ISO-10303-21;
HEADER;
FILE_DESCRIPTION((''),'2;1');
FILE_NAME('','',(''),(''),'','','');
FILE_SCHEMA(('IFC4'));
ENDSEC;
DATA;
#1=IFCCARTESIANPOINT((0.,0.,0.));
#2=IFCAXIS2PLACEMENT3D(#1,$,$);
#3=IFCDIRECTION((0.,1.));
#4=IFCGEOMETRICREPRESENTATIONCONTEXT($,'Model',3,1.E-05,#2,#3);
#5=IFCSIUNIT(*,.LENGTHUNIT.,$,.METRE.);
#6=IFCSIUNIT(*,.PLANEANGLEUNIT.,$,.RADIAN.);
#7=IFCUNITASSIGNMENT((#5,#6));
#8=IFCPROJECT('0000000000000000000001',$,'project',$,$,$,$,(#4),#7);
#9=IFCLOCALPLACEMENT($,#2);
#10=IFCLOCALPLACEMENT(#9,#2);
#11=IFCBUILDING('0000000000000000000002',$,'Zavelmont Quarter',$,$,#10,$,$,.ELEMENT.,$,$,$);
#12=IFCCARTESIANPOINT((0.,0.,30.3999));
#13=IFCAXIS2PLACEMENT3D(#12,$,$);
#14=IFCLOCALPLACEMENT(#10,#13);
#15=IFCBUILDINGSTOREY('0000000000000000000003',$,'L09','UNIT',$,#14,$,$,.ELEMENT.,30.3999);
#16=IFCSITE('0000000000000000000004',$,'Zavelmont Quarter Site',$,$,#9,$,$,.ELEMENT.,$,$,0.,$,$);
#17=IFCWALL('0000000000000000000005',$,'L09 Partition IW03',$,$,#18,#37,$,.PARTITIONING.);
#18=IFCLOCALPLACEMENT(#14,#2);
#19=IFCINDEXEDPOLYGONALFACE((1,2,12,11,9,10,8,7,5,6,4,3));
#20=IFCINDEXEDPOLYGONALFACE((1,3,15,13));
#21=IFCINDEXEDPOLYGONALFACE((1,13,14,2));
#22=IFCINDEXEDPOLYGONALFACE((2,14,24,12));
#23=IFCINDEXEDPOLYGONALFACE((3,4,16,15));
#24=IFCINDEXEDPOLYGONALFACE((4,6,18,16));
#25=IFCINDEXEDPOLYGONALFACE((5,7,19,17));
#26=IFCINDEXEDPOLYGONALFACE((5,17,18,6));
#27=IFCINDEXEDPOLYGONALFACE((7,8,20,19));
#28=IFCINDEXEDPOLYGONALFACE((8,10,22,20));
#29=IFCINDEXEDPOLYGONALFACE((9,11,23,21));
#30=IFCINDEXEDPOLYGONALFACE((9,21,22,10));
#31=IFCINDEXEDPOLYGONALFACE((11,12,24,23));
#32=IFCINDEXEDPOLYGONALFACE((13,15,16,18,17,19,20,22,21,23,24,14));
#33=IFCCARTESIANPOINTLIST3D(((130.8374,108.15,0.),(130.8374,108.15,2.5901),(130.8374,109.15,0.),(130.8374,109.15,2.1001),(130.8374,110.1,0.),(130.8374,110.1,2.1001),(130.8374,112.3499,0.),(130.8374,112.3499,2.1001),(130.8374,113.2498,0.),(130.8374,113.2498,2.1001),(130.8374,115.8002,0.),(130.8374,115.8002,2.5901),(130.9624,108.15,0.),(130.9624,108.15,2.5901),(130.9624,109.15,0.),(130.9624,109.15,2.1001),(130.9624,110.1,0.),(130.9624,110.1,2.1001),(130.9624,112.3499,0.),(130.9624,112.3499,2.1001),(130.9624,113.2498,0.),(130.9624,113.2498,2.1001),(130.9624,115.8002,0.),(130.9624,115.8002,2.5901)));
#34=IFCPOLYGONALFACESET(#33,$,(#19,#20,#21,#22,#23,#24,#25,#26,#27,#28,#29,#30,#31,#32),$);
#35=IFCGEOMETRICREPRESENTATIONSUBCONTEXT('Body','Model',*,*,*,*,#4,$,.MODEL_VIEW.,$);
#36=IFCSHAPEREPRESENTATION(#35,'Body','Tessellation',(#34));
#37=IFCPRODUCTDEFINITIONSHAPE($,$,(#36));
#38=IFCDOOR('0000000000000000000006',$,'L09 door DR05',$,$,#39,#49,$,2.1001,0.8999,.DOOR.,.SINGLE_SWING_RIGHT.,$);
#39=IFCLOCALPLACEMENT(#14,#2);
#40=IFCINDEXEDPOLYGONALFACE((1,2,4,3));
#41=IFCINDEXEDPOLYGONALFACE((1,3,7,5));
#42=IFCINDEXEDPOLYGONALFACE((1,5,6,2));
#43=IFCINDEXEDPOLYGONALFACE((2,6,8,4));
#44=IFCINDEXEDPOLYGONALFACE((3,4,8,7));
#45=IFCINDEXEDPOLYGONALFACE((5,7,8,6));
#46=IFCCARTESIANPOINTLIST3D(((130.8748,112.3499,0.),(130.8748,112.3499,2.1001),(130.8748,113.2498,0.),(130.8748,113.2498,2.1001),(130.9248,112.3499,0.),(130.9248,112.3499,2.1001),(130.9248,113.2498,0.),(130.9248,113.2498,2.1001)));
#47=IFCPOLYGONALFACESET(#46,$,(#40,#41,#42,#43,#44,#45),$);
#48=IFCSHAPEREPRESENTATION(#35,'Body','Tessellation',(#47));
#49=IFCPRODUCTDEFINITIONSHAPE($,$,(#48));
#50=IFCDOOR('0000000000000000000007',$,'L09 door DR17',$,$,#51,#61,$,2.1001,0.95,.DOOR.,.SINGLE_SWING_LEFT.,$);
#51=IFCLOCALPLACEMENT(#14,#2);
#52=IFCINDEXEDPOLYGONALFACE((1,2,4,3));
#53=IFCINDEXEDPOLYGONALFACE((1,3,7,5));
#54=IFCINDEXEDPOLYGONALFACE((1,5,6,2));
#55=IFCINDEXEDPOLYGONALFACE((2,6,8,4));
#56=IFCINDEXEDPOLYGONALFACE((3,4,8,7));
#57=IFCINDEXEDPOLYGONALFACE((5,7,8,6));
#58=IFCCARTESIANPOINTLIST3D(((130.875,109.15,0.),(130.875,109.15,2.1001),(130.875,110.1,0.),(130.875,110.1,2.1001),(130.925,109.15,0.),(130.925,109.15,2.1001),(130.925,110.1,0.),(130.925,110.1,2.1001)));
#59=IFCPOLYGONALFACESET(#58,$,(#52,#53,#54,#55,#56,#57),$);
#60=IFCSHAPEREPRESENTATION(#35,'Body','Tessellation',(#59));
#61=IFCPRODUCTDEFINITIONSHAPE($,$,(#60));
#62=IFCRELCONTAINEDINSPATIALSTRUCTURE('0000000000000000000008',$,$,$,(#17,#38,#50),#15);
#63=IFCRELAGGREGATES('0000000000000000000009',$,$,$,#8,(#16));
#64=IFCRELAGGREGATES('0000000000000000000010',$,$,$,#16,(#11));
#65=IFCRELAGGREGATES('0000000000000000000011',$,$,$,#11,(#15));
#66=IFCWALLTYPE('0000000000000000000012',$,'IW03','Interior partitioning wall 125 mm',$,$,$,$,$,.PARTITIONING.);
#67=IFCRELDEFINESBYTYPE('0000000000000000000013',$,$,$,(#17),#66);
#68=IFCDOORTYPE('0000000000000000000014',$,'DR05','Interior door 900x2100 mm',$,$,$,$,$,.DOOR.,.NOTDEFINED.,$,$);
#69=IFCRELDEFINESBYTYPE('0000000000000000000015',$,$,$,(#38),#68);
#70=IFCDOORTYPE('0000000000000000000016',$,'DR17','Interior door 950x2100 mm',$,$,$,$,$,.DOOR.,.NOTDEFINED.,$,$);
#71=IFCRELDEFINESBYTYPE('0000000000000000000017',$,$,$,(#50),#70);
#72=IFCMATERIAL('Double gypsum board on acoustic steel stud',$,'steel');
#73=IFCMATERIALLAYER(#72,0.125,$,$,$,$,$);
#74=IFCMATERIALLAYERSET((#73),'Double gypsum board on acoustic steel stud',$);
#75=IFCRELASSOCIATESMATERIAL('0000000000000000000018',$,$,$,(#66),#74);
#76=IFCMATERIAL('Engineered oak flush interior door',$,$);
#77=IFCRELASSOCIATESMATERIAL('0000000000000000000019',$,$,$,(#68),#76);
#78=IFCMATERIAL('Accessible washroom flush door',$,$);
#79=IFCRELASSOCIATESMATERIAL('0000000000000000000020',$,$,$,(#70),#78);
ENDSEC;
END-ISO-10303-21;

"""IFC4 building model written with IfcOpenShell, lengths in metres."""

from ifc_helpers import new_model, si_unit, direction, frame, frame_2d, origin, origin_with_axes, place, context, subcontext, project, spatial, rectangle, extrude, material, layer, layer_set, type_object, element, fill, save


model = new_model("IFC4")

# Units and contexts
model_context = context("Model", 3, precision=1e-05, world=origin(), true_north=direction((0.0, 1.0)))
body_context = subcontext(model_context, "Body", "Model", "MODEL_VIEW")
ifc_project = project(units=[si_unit("LENGTHUNIT", "METRE"), si_unit("PLANEANGLEUNIT", "RADIAN")], contexts=[model_context])

# Site, building, storey
site_placement = place(None, origin())
site = spatial("IfcSite", under=ifc_project, at=site_placement, Name="Zavelmont Quarter Site", CompositionType="ELEMENT", RefElevation=0.0)
building_placement = place(site_placement, origin())
building = spatial("IfcBuilding", under=site, at=building_placement, Name="Zavelmont Quarter", CompositionType="ELEMENT")
storey_placement = place(building_placement, frame((0.0, 0.0, 30.3999)))
storey = spatial("IfcBuildingStorey", under=building, at=storey_placement, Name="L09", Description="UNIT", CompositionType="ELEMENT", Elevation=30.3999)

# Wall, openings, doors
ifc_material_1 = material(Name="Double gypsum board on acoustic steel stud", Category="steel")
ifc_layer_1 = layer(ifc_material_1, 0.125)
ifc_layer_set_1 = layer_set([ifc_layer_1], Name="Double gypsum board on acoustic steel stud")
wall_type_1 = type_object("IfcWallType", Name="IW03", Description="Interior partitioning wall 125 mm", PredefinedType="PARTITIONING", material=ifc_layer_set_1)
wall_1_placement = place(storey_placement, frame((130.8999, 108.1499, 0.0), z_axis=(0.0, 0.0, 1.0), x_axis=(0.0, 1.0, 0.0)))
wall_1 = element("IfcWall", 1, at=wall_1_placement, inside=storey, type_object=wall_type_1, Name="L09 Partition IW03", PredefinedType="PARTITIONING", context=body_context, shape_type="SweptSolid", body=[
    extrude(rectangle(XDim=7.6501, YDim=0.125, at=frame_2d((3.8252, 0.0))), origin(), (0.0, 0.0, 1.0), 2.5901),
])
opening_1_placement = place(wall_1_placement, frame((1.0, 0.0, 0.0)))
opening_1 = element("IfcOpeningElement", 2, at=opening_1_placement, cuts=wall_1, PredefinedType="OPENING", context=body_context, shape_type="SweptSolid", body=[
    extrude(rectangle(XDim=0.95, YDim=2.1001, at=frame_2d((0.4751, 1.05))), frame((0.0, 0.0745, 0.0), z_axis=(0.0, -1.0, 0.0), x_axis=(1.0, 0.0, 0.0)), (0.0, 0.0, 1.0), 0.1489),
])
opening_2_placement = place(wall_1_placement, frame((4.2, 0.0, 0.0)))
opening_2 = element("IfcOpeningElement", 3, at=opening_2_placement, cuts=wall_1, PredefinedType="OPENING", context=body_context, shape_type="SweptSolid", body=[
    extrude(rectangle(XDim=0.8999, YDim=2.1001, at=frame_2d((0.45, 1.05))), frame((0.0, 0.0745, 0.0), z_axis=(0.0, -1.0, 0.0), x_axis=(1.0, 0.0, 0.0)), (0.0, 0.0, 1.0), 0.1489),
])
ifc_material_2 = material(Name="Engineered oak flush interior door")
door_type_1 = type_object("IfcDoorType", Name="DR05", Description="Interior door 900x2100 mm", OperationType="NOTDEFINED", PredefinedType="DOOR", material=ifc_material_2)
door_1_placement = place(opening_2_placement, frame((0.8999, 0.0, 0.0), z_axis=(0.0, 0.0, 1.0), x_axis=(-1.0, 0.0, 0.0)))
door_1 = element("IfcDoor", 4, at=door_1_placement, inside=storey, type_object=door_type_1, Name="L09 door DR05", OperationType="SINGLE_SWING_RIGHT", OverallHeight=2.1001, OverallWidth=0.8999, PredefinedType="DOOR", context=body_context, shape_type="SweptSolid", body=[
    extrude(rectangle(XDim=0.8999, YDim=2.1001, at=frame_2d((0.45, 1.05))), frame((0.0, 0.0249, 0.0), z_axis=(0.0, -1.0, 0.0), x_axis=(1.0, 0.0, 0.0)), (0.0, 0.0, 1.0), 0.05),
])
fill(opening_2, door_1)
ifc_material_3 = material(Name="Accessible washroom flush door")
door_type_2 = type_object("IfcDoorType", Name="DR17", Description="Interior door 950x2100 mm", OperationType="NOTDEFINED", PredefinedType="DOOR", material=ifc_material_3)
door_2_placement = place(opening_1_placement, origin_with_axes())
door_2 = element("IfcDoor", 5, at=door_2_placement, inside=storey, type_object=door_type_2, Name="L09 door DR17", OperationType="SINGLE_SWING_LEFT", OverallHeight=2.1001, OverallWidth=0.95, PredefinedType="DOOR", context=body_context, shape_type="SweptSolid", body=[
    extrude(rectangle(XDim=0.95, YDim=2.1001, at=frame_2d((0.4751, 1.05))), frame((0.0, 0.0249, 0.0), z_axis=(0.0, -1.0, 0.0), x_axis=(1.0, 0.0, 0.0)), (0.0, 0.0, 1.0), 0.05),
])
fill(opening_1, door_2)

save(model, "model.ifc")
